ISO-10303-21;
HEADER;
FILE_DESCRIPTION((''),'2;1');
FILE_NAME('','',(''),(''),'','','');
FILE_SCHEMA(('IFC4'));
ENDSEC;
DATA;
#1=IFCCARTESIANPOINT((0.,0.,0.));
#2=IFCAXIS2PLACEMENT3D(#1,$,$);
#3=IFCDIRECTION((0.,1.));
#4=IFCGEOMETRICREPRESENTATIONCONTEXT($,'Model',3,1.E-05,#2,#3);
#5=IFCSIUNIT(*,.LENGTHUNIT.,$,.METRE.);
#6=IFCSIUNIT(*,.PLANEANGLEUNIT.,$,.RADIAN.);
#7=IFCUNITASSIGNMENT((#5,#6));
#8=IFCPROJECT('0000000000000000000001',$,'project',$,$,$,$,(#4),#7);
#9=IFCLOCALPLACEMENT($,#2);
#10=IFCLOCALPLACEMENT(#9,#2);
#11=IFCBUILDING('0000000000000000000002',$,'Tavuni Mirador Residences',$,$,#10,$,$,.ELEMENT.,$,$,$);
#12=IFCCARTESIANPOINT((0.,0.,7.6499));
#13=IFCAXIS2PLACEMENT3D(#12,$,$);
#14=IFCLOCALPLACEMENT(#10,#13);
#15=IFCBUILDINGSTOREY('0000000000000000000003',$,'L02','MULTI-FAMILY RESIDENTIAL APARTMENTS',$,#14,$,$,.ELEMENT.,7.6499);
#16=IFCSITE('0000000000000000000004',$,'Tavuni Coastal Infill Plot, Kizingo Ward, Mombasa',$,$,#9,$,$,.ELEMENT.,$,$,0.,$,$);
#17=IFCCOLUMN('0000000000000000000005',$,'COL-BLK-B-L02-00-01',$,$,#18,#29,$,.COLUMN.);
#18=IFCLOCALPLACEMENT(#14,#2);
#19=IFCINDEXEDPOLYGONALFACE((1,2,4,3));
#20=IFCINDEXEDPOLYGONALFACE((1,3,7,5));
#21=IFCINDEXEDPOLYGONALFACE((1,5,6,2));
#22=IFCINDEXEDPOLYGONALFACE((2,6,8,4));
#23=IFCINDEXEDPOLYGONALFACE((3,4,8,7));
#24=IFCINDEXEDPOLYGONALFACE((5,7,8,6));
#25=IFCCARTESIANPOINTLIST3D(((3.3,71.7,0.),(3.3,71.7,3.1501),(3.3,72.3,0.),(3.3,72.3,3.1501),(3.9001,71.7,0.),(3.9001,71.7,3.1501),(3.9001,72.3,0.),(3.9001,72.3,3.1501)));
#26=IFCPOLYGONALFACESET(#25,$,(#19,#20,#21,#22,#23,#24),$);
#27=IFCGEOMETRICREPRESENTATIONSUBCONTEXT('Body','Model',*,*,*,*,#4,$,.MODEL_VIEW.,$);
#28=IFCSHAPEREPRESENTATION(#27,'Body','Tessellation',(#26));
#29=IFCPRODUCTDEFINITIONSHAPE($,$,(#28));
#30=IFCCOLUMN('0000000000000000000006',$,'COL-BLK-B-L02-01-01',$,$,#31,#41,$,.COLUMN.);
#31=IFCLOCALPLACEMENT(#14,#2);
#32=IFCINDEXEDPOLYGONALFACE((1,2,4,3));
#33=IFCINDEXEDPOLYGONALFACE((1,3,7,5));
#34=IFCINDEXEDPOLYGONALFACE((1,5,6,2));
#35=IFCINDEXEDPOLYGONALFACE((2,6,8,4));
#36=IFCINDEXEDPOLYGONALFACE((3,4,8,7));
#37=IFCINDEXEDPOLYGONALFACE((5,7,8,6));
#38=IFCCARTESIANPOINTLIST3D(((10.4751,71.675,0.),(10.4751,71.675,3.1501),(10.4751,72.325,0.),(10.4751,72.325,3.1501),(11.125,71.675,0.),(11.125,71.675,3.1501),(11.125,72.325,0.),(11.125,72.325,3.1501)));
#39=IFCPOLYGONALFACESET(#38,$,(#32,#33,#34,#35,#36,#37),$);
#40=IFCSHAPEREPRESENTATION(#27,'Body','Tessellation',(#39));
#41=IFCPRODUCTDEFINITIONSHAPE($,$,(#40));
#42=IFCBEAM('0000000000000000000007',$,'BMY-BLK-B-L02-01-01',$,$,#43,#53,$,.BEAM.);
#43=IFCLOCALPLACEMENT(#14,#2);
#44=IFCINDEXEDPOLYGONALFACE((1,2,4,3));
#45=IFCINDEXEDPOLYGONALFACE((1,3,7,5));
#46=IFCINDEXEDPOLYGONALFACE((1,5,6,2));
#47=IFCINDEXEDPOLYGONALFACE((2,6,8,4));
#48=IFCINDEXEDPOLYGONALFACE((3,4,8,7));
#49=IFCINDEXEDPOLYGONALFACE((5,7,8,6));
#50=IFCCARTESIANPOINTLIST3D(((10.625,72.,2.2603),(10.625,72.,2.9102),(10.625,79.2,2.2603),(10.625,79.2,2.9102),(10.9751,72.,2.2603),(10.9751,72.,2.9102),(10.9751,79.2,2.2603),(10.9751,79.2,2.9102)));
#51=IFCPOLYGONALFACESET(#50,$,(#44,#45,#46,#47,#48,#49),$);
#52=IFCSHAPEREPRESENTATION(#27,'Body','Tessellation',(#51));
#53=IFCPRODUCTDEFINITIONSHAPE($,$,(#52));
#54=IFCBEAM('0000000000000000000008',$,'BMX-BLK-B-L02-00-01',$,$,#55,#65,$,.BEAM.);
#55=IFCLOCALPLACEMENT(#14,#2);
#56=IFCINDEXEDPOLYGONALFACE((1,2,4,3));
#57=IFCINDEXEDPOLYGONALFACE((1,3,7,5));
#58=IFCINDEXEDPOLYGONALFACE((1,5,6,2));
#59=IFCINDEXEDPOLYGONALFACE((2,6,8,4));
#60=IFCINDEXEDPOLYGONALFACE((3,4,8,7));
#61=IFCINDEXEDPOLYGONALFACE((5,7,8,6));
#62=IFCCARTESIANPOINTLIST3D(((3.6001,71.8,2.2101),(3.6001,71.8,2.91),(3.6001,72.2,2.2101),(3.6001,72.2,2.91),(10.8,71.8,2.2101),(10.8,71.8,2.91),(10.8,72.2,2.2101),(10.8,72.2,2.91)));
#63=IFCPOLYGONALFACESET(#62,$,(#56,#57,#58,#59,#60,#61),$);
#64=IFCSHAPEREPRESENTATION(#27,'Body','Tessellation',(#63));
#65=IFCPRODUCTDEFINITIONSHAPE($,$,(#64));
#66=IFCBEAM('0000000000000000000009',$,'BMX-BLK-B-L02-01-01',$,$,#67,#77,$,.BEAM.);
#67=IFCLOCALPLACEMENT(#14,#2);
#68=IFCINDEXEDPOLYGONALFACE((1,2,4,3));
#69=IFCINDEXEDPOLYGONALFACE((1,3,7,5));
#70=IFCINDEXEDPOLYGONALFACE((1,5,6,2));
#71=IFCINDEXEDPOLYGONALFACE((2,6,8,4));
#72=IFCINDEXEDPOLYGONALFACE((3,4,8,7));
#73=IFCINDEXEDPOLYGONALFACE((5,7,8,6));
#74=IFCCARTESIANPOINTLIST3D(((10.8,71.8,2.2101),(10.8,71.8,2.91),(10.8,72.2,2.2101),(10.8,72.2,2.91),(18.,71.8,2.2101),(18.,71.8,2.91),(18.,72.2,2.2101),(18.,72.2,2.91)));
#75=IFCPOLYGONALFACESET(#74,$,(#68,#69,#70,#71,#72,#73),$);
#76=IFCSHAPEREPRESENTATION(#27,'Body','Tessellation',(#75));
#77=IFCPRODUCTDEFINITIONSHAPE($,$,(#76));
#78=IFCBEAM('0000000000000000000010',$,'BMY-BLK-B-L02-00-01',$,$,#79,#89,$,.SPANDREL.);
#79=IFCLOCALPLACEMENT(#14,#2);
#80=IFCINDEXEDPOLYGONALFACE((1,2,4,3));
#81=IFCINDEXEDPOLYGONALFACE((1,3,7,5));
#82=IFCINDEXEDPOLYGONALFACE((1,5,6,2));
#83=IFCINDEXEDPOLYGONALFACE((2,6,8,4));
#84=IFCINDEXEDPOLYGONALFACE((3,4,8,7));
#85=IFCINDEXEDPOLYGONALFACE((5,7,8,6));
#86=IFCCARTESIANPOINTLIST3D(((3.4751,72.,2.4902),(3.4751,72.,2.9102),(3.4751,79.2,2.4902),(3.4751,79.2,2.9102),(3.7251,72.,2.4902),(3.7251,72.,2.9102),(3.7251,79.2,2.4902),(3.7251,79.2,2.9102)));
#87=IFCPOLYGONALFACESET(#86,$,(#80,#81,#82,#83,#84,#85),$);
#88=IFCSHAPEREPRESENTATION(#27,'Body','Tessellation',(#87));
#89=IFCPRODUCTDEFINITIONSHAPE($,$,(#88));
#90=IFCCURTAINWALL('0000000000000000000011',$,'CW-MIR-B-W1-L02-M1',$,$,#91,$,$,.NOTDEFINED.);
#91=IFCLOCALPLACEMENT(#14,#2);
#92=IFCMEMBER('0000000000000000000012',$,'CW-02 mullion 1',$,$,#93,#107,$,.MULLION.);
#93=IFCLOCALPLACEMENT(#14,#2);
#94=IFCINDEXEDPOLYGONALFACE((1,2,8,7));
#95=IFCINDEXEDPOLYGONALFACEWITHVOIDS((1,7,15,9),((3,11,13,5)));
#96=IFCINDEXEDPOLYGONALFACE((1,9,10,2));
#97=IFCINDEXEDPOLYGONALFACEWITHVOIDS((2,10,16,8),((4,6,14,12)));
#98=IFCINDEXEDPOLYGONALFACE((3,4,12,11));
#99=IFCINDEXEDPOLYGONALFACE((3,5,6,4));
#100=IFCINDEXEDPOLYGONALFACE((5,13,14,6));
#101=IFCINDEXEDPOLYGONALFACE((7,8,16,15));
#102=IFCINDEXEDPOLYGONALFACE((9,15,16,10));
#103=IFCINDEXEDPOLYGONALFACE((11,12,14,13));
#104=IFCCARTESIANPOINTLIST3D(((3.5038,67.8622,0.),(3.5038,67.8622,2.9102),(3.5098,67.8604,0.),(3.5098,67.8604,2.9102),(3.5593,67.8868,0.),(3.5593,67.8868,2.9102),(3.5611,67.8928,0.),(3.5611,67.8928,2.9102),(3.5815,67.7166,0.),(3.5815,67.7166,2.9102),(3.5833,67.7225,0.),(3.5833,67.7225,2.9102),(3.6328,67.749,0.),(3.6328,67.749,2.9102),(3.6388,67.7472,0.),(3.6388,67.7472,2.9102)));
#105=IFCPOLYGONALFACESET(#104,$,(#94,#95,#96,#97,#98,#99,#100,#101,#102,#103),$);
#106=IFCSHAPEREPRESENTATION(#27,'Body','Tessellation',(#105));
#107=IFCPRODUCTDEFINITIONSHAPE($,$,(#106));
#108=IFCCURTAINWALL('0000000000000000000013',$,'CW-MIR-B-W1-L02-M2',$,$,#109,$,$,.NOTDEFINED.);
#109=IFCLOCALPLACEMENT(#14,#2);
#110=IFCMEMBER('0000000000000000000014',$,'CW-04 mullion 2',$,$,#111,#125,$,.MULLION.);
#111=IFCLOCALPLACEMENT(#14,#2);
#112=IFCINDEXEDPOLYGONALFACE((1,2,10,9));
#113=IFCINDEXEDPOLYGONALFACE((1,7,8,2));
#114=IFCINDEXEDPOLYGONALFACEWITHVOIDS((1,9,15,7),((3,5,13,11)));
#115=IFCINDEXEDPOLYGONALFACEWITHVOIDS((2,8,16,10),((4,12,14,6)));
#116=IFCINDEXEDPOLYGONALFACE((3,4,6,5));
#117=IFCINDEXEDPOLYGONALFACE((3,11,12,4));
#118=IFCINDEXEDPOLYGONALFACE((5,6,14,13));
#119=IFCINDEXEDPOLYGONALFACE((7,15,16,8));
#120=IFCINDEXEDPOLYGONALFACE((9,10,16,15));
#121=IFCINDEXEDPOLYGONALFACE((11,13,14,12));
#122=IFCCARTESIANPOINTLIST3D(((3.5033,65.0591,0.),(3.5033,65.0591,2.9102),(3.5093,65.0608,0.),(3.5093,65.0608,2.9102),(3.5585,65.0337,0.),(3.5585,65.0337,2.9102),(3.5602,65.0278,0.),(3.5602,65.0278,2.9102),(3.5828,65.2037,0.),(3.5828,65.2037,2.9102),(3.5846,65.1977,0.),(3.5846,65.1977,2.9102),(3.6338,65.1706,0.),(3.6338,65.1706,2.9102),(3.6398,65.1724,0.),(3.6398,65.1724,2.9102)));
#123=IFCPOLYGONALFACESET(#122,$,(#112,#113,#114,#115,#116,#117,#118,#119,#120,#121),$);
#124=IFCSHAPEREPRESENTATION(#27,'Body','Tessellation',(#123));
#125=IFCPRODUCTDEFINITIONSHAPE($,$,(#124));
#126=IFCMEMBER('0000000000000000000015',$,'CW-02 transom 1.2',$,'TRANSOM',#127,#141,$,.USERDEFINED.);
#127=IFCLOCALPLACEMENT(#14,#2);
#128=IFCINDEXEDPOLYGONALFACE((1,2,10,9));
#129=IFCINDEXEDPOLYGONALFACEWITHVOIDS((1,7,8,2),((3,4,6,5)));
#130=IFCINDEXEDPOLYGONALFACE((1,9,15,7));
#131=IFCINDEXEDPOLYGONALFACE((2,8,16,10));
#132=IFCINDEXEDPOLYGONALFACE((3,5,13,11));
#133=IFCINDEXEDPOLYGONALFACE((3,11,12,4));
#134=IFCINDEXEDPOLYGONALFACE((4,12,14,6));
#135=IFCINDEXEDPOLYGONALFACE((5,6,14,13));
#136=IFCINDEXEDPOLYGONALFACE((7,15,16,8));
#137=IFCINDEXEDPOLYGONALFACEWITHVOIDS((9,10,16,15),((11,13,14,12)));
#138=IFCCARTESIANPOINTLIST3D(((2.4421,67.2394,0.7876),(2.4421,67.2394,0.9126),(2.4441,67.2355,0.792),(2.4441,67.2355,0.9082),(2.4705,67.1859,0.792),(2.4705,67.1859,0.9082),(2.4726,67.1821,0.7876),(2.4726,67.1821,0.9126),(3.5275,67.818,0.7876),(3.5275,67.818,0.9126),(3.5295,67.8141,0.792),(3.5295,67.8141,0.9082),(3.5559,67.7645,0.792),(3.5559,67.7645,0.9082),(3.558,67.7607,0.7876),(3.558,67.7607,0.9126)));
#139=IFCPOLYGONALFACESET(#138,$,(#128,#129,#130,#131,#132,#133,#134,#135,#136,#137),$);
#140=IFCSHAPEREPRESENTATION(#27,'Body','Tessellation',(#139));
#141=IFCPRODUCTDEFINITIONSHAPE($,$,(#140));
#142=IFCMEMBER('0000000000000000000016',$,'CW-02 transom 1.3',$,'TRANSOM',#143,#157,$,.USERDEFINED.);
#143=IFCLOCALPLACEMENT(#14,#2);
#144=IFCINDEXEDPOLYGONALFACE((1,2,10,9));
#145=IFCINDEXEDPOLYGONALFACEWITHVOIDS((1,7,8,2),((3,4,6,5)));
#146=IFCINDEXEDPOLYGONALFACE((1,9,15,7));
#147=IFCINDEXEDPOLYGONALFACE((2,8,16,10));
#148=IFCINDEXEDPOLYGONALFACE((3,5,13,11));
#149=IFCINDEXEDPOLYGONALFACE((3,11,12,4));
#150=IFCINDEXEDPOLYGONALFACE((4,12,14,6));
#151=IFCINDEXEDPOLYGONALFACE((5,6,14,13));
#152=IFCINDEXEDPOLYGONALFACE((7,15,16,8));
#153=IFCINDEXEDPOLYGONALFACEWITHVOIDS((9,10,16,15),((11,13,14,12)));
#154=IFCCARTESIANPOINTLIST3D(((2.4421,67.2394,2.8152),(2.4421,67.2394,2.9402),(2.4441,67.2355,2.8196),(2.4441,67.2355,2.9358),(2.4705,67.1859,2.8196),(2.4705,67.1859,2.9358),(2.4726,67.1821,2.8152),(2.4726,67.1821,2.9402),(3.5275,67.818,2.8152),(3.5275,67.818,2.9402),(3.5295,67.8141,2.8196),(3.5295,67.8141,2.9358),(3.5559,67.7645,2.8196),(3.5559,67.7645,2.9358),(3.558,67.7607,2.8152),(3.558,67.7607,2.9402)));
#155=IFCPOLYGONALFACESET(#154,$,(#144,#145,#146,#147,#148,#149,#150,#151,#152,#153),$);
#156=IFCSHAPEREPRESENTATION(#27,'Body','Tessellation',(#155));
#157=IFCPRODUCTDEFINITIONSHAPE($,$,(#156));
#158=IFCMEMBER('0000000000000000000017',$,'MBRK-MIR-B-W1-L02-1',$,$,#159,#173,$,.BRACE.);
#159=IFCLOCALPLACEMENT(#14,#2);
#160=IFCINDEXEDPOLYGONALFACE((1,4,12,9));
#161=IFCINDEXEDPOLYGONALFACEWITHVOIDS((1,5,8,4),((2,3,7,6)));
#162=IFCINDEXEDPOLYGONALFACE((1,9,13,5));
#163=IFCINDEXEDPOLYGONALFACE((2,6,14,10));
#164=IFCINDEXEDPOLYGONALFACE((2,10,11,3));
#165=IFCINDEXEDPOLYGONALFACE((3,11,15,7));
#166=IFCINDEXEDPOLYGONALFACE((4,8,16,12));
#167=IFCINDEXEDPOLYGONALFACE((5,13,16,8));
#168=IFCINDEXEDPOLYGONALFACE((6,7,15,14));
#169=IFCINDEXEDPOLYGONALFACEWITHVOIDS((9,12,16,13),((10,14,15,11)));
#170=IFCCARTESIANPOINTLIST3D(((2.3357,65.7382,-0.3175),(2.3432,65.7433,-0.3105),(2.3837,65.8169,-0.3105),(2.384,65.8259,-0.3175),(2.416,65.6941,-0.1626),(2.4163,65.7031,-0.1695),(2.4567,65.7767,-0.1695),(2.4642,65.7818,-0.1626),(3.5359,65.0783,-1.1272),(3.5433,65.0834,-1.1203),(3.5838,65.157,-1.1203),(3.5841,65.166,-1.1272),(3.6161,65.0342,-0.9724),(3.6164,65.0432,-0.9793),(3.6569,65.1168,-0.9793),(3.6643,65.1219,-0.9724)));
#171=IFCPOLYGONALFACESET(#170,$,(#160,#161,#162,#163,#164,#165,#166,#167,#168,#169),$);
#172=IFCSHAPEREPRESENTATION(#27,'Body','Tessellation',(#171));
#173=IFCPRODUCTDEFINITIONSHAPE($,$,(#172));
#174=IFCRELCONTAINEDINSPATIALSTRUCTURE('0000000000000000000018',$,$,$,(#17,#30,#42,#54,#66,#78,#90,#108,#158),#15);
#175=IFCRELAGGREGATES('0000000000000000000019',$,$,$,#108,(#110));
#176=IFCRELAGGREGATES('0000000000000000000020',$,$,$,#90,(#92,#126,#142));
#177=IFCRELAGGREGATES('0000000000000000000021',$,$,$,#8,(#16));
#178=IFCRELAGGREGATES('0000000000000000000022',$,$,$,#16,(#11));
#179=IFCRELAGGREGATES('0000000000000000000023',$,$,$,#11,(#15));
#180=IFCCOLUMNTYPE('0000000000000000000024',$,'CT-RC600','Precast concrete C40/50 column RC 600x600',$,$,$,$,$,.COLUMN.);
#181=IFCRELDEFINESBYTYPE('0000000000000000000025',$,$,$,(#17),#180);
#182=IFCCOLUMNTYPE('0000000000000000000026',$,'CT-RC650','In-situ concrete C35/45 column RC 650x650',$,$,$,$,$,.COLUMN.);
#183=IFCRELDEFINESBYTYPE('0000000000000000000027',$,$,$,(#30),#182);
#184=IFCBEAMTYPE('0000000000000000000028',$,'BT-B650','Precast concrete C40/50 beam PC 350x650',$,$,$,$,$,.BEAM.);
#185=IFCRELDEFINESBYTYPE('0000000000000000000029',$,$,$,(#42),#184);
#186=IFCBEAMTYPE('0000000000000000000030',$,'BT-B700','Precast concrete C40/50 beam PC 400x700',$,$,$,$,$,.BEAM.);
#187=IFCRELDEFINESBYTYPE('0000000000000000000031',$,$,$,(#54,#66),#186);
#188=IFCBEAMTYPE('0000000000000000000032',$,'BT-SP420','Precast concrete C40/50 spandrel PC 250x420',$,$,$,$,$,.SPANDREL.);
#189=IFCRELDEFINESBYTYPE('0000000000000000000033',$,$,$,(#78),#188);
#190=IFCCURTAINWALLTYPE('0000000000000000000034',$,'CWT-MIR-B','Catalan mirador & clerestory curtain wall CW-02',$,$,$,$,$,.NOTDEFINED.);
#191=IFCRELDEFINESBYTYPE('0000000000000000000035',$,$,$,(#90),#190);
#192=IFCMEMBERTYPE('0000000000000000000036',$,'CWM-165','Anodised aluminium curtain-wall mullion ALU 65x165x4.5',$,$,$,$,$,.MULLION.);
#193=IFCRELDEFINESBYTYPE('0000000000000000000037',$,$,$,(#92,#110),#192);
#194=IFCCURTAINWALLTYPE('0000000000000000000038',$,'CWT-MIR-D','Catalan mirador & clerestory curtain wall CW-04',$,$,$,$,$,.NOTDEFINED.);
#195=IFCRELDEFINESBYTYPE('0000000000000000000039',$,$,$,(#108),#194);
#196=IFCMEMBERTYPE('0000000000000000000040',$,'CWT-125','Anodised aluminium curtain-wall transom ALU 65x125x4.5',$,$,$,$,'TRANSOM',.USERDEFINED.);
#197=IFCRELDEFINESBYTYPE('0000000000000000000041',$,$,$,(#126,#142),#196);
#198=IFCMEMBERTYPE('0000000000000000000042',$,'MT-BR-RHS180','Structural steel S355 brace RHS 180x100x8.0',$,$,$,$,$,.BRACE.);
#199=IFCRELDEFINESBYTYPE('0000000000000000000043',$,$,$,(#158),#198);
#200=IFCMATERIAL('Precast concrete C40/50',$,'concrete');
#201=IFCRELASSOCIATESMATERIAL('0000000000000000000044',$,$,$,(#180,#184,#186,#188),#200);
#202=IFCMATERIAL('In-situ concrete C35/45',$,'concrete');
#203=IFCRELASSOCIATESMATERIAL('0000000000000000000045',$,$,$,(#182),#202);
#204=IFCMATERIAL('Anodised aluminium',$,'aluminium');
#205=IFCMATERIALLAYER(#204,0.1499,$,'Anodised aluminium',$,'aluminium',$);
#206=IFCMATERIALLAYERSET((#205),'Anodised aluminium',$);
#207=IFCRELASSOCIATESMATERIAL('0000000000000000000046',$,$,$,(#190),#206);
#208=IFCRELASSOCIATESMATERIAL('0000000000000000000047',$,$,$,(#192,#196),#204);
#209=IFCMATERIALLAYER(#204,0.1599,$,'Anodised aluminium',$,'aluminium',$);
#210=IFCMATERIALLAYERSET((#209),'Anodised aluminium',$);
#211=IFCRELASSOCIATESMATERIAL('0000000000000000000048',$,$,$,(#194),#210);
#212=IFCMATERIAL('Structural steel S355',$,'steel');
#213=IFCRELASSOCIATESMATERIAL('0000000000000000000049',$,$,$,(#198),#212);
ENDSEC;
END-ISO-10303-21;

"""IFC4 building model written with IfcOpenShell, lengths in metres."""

from ifc_helpers import new_model, si_unit, direction, frame, origin, origin_2d, place, context, subcontext, project, spatial, rectangle, hollow_rectangle, extrude, material, layer, layer_set, material_profile, profile_set, type_object, element, aggregate, save


model = new_model("IFC4")

# Units and contexts
model_context = context("Model", 3, precision=1e-05, world=origin(), true_north=direction((0.0, 1.0)))
body_context = subcontext(model_context, "Body", "Model", "MODEL_VIEW")
ifc_project = project(units=[si_unit("LENGTHUNIT", "METRE"), si_unit("PLANEANGLEUNIT", "RADIAN")], contexts=[model_context])

# Site, building, storey
site_placement = place(None, origin())
site = spatial("IfcSite", under=ifc_project, at=site_placement, Name="Tavuni Coastal Infill Plot, Kizingo Ward, Mombasa", CompositionType="ELEMENT", RefElevation=0.0)
building_placement = place(site_placement, origin())
building = spatial("IfcBuilding", under=site, at=building_placement, Name="Tavuni Mirador Residences", CompositionType="ELEMENT")
storey_placement = place(building_placement, frame((0.0, 0.0, 7.6499)))
storey = spatial("IfcBuildingStorey", under=building, at=storey_placement, Name="L02", Description="MULTI-FAMILY RESIDENTIAL APARTMENTS", CompositionType="ELEMENT", Elevation=7.6499)

# Columns
ifc_material_1 = material(Name="Precast concrete C40/50", Category="concrete")
ifc_material_profile_1 = material_profile(ifc_material_1, rectangle(XDim=0.6001, YDim=0.6001, at=origin_2d()), Name="RC 600x600", Category="concrete")
ifc_profile_set_1 = profile_set([ifc_material_profile_1], Name="Precast concrete C40/50")
column_type_1 = type_object("IfcColumnType", Name="CT-RC600", Description="Precast concrete C40/50 column RC 600x600", PredefinedType="COLUMN", material=ifc_profile_set_1)
column_1_placement = place(storey_placement, frame((3.6001, 72.0, 0.0), z_axis=(0.0, 0.0, 1.0), x_axis=(1.0, 0.0, 0.0)))
element("IfcColumn", 1, at=column_1_placement, inside=storey, type_object=column_type_1, Name="COL-BLK-B-L02-00-01", PredefinedType="COLUMN", context=body_context, shape_type="SweptSolid", body=[
    extrude(rectangle(XDim=0.6001, YDim=0.6001, at=origin_2d()), origin(), (0.0, 0.0, 1.0), 3.1501),
])
ifc_material_2 = material(Name="In-situ concrete C35/45", Category="concrete")
ifc_material_profile_2 = material_profile(ifc_material_2, rectangle(XDim=0.6499, YDim=0.6499, at=origin_2d()), Name="RC 650x650", Category="concrete")
ifc_profile_set_2 = profile_set([ifc_material_profile_2], Name="In-situ concrete C35/45")
column_type_2 = type_object("IfcColumnType", Name="CT-RC650", Description="In-situ concrete C35/45 column RC 650x650", PredefinedType="COLUMN", material=ifc_profile_set_2)
column_2_placement = place(storey_placement, frame((10.8, 72.0, 0.0), z_axis=(0.0, 0.0, 1.0), x_axis=(1.0, 0.0, 0.0)))
element("IfcColumn", 2, at=column_2_placement, inside=storey, type_object=column_type_2, Name="COL-BLK-B-L02-01-01", PredefinedType="COLUMN", context=body_context, shape_type="SweptSolid", body=[
    extrude(rectangle(XDim=0.6499, YDim=0.6499, at=origin_2d()), origin(), (0.0, 0.0, 1.0), 3.1501),
])

# Beams
ifc_material_profile_3 = material_profile(ifc_material_1, rectangle(XDim=0.3501, YDim=0.6499, at=origin_2d()), Name="PC 350x650", Category="concrete")
ifc_profile_set_3 = profile_set([ifc_material_profile_3], Name="Precast concrete C40/50")
beam_type_1 = type_object("IfcBeamType", Name="BT-B650", Description="Precast concrete C40/50 beam PC 350x650", PredefinedType="BEAM", material=ifc_profile_set_3)
beam_1_placement = place(storey_placement, frame((10.8, 72.0, 2.5852), z_axis=(0.0, 1.0, 0.0), x_axis=(-1.0, 0.0, 0.0)))
element("IfcBeam", 3, at=beam_1_placement, inside=storey, type_object=beam_type_1, Name="BMY-BLK-B-L02-01-01", PredefinedType="BEAM", context=body_context, shape_type="SweptSolid", body=[
    extrude(rectangle(XDim=0.3501, YDim=0.6499, at=origin_2d()), origin(), (0.0, 0.0, 1.0), 7.2),
])
ifc_material_profile_4 = material_profile(ifc_material_1, rectangle(XDim=0.3999, YDim=0.7, at=origin_2d()), Name="PC 400x700", Category="concrete")
ifc_profile_set_4 = profile_set([ifc_material_profile_4], Name="Precast concrete C40/50")
beam_type_2 = type_object("IfcBeamType", Name="BT-B700", Description="Precast concrete C40/50 beam PC 400x700", PredefinedType="BEAM", material=ifc_profile_set_4)
for number, where, z_axis, x_axis, name in (
    (4, (3.6001, 72.0, 2.5601), (1.0, 0.0, 0.0), (0.0, 1.0, 0.0), "BMX-BLK-B-L02-00-01"),
    (5, (10.8, 72.0, 2.5601), (1.0, 0.0, 0.0), (0.0, 1.0, 0.0), "BMX-BLK-B-L02-01-01"),
):
    element("IfcBeam", number, at=place(storey_placement, frame(where, z_axis=z_axis, x_axis=x_axis)), inside=storey, type_object=beam_type_2, Name=name, PredefinedType="BEAM", context=body_context, shape_type="SweptSolid", body=[
        extrude(rectangle(XDim=0.3999, YDim=0.7, at=origin_2d()), origin(), (0.0, 0.0, 1.0), 7.2),
    ])
ifc_material_profile_5 = material_profile(ifc_material_1, rectangle(XDim=0.25, YDim=0.4199, at=origin_2d()), Name="PC 250x420", Category="concrete")
ifc_profile_set_5 = profile_set([ifc_material_profile_5], Name="Precast concrete C40/50")
beam_type_3 = type_object("IfcBeamType", Name="BT-SP420", Description="Precast concrete C40/50 spandrel PC 250x420", PredefinedType="SPANDREL", material=ifc_profile_set_5)
beam_2_placement = place(storey_placement, frame((3.6001, 72.0, 2.7002), z_axis=(0.0, 1.0, 0.0), x_axis=(-1.0, 0.0, 0.0)))
element("IfcBeam", 6, at=beam_2_placement, inside=storey, type_object=beam_type_3, Name="BMY-BLK-B-L02-00-01", PredefinedType="SPANDREL", context=body_context, shape_type="SweptSolid", body=[
    extrude(rectangle(XDim=0.25, YDim=0.4199, at=origin_2d()), origin(), (0.0, 0.0, 1.0), 7.2),
])

# Curtain walls, members
ifc_material_3 = material(Name="Anodised aluminium", Category="aluminium")
ifc_layer_1 = layer(ifc_material_3, 0.1499, Name="Anodised aluminium", Category="aluminium")
ifc_layer_set_1 = layer_set([ifc_layer_1], Name="Anodised aluminium")
curtain_wall_type_1 = type_object("IfcCurtainWallType", Name="CWT-MIR-B", Description="Catalan mirador & clerestory curtain wall CW-02", PredefinedType="NOTDEFINED", material=ifc_layer_set_1)
curtain_wall_1_placement = place(storey_placement, origin())
curtain_wall_1 = element("IfcCurtainWall", 7, at=curtain_wall_1_placement, inside=storey, type_object=curtain_wall_type_1, Name="CW-MIR-B-W1-L02-M1", PredefinedType="NOTDEFINED")
ifc_material_profile_6 = material_profile(ifc_material_3, hollow_rectangle(XDim=0.0649, YDim=0.165, WallThickness=0.0044, at=origin_2d()), Name="ALU 65x165x4.5", Category="aluminium")
ifc_profile_set_6 = profile_set([ifc_material_profile_6], Name="Anodised aluminium")
member_type_1 = type_object("IfcMemberType", Name="CWM-165", Description="Anodised aluminium curtain-wall mullion ALU 65x165x4.5", PredefinedType="MULLION", material=ifc_profile_set_6)
member_1_placement = place(storey_placement, frame((3.5713, 67.8047, 0.0), z_axis=(0.0, 0.0, 1.0), x_axis=(-0.882353, -0.470588, 0.0)))
member_1 = element("IfcMember", 8, at=member_1_placement, type_object=member_type_1, Name="CW-02 mullion 1", PredefinedType="MULLION", context=body_context, shape_type="SweptSolid", body=[
    extrude(hollow_rectangle(XDim=0.0649, YDim=0.165, WallThickness=0.0044, at=origin_2d()), origin(), (0.0, 0.0, 1.0), 2.9102),
])
ifc_layer_2 = layer(ifc_material_3, 0.1599, Name="Anodised aluminium", Category="aluminium")
ifc_layer_set_2 = layer_set([ifc_layer_2], Name="Anodised aluminium")
curtain_wall_type_2 = type_object("IfcCurtainWallType", Name="CWT-MIR-D", Description="Catalan mirador & clerestory curtain wall CW-04", PredefinedType="NOTDEFINED", material=ifc_layer_set_2)
curtain_wall_2_placement = place(storey_placement, origin())
curtain_wall_2 = element("IfcCurtainWall", 9, at=curtain_wall_2_placement, inside=storey, type_object=curtain_wall_type_2, Name="CW-MIR-B-W1-L02-M2", PredefinedType="NOTDEFINED")
member_2_placement = place(storey_placement, frame((3.5715, 65.1157, 0.0), z_axis=(0.0, 0.0, 1.0), x_axis=(0.876216, -0.481919, 0.0)))
member_2 = element("IfcMember", 10, at=member_2_placement, type_object=member_type_1, Name="CW-04 mullion 2", PredefinedType="MULLION", context=body_context, shape_type="SweptSolid", body=[
    extrude(hollow_rectangle(XDim=0.0649, YDim=0.165, WallThickness=0.0044, at=origin_2d()), origin(), (0.0, 0.0, 1.0), 2.9102),
])
aggregate(curtain_wall_2, [member_2])

# Members
ifc_material_profile_7 = material_profile(ifc_material_3, hollow_rectangle(XDim=0.0649, YDim=0.125, WallThickness=0.0044, at=origin_2d()), Name="ALU 65x125x4.5", Category="aluminium")
ifc_profile_set_7 = profile_set([ifc_material_profile_7], Name="Anodised aluminium")
member_type_2 = type_object("IfcMemberType", Name="CWT-125", Description="Anodised aluminium curtain-wall transom ALU 65x125x4.5", ElementType="TRANSOM", PredefinedType="USERDEFINED", material=ifc_profile_set_7)
member_3_placement = place(storey_placement, frame((3.5427, 67.7893, 0.8501), z_axis=(-0.882452, -0.470403, 0.0), x_axis=(0.470403, -0.882452, 0.0)))
member_3 = element("IfcMember", 11, at=member_3_placement, type_object=member_type_2, Name="CW-02 transom 1.2", ObjectType="TRANSOM", PredefinedType="USERDEFINED", context=body_context, shape_type="SweptSolid", body=[
    extrude(hollow_rectangle(XDim=0.0649, YDim=0.125, WallThickness=0.0044, at=origin_2d()), origin(), (0.0, 0.0, 1.0), 1.23),
])
member_4_placement = place(storey_placement, frame((3.5427, 67.7893, 2.8777), z_axis=(-0.882452, -0.470403, 0.0), x_axis=(0.470403, -0.882452, 0.0)))
member_4 = element("IfcMember", 12, at=member_4_placement, type_object=member_type_2, Name="CW-02 transom 1.3", ObjectType="TRANSOM", PredefinedType="USERDEFINED", context=body_context, shape_type="SweptSolid", body=[
    extrude(hollow_rectangle(XDim=0.0649, YDim=0.125, WallThickness=0.0044, at=origin_2d()), origin(), (0.0, 0.0, 1.0), 1.23),
])
aggregate(curtain_wall_1, [member_1, member_3, member_4])

# Member
ifc_material_4 = material(Name="Structural steel S355", Category="steel")
ifc_material_profile_8 = material_profile(ifc_material_4, hollow_rectangle(XDim=0.1001, YDim=0.1799, WallThickness=0.0081, at=origin_2d()), Name="RHS 180x100x8.0", Category="steel")
ifc_profile_set_8 = profile_set([ifc_material_profile_8], Name="Structural steel S355")
member_type_3 = type_object("IfcMemberType", Name="MT-BR-RHS180", Description="Structural steel S355 brace RHS 180x100x8.0", PredefinedType="BRACE", material=ifc_profile_set_8)
member_5_placement = place(storey_placement, frame((3.6001, 65.1001, -1.0498), z_axis=(-0.754295, 0.41474, 0.50895), x_axis=(-0.481809, -0.876276, 0.0)))
element("IfcMember", 13, at=member_5_placement, inside=storey, type_object=member_type_3, Name="MBRK-MIR-B-W1-L02-1", PredefinedType="BRACE", context=body_context, shape_type="SweptSolid", body=[
    extrude(hollow_rectangle(XDim=0.1001, YDim=0.1799, WallThickness=0.0081, at=origin_2d()), origin(), (0.0, 0.0, 1.0), 1.5911),
])

save(model, "model.ifc")
